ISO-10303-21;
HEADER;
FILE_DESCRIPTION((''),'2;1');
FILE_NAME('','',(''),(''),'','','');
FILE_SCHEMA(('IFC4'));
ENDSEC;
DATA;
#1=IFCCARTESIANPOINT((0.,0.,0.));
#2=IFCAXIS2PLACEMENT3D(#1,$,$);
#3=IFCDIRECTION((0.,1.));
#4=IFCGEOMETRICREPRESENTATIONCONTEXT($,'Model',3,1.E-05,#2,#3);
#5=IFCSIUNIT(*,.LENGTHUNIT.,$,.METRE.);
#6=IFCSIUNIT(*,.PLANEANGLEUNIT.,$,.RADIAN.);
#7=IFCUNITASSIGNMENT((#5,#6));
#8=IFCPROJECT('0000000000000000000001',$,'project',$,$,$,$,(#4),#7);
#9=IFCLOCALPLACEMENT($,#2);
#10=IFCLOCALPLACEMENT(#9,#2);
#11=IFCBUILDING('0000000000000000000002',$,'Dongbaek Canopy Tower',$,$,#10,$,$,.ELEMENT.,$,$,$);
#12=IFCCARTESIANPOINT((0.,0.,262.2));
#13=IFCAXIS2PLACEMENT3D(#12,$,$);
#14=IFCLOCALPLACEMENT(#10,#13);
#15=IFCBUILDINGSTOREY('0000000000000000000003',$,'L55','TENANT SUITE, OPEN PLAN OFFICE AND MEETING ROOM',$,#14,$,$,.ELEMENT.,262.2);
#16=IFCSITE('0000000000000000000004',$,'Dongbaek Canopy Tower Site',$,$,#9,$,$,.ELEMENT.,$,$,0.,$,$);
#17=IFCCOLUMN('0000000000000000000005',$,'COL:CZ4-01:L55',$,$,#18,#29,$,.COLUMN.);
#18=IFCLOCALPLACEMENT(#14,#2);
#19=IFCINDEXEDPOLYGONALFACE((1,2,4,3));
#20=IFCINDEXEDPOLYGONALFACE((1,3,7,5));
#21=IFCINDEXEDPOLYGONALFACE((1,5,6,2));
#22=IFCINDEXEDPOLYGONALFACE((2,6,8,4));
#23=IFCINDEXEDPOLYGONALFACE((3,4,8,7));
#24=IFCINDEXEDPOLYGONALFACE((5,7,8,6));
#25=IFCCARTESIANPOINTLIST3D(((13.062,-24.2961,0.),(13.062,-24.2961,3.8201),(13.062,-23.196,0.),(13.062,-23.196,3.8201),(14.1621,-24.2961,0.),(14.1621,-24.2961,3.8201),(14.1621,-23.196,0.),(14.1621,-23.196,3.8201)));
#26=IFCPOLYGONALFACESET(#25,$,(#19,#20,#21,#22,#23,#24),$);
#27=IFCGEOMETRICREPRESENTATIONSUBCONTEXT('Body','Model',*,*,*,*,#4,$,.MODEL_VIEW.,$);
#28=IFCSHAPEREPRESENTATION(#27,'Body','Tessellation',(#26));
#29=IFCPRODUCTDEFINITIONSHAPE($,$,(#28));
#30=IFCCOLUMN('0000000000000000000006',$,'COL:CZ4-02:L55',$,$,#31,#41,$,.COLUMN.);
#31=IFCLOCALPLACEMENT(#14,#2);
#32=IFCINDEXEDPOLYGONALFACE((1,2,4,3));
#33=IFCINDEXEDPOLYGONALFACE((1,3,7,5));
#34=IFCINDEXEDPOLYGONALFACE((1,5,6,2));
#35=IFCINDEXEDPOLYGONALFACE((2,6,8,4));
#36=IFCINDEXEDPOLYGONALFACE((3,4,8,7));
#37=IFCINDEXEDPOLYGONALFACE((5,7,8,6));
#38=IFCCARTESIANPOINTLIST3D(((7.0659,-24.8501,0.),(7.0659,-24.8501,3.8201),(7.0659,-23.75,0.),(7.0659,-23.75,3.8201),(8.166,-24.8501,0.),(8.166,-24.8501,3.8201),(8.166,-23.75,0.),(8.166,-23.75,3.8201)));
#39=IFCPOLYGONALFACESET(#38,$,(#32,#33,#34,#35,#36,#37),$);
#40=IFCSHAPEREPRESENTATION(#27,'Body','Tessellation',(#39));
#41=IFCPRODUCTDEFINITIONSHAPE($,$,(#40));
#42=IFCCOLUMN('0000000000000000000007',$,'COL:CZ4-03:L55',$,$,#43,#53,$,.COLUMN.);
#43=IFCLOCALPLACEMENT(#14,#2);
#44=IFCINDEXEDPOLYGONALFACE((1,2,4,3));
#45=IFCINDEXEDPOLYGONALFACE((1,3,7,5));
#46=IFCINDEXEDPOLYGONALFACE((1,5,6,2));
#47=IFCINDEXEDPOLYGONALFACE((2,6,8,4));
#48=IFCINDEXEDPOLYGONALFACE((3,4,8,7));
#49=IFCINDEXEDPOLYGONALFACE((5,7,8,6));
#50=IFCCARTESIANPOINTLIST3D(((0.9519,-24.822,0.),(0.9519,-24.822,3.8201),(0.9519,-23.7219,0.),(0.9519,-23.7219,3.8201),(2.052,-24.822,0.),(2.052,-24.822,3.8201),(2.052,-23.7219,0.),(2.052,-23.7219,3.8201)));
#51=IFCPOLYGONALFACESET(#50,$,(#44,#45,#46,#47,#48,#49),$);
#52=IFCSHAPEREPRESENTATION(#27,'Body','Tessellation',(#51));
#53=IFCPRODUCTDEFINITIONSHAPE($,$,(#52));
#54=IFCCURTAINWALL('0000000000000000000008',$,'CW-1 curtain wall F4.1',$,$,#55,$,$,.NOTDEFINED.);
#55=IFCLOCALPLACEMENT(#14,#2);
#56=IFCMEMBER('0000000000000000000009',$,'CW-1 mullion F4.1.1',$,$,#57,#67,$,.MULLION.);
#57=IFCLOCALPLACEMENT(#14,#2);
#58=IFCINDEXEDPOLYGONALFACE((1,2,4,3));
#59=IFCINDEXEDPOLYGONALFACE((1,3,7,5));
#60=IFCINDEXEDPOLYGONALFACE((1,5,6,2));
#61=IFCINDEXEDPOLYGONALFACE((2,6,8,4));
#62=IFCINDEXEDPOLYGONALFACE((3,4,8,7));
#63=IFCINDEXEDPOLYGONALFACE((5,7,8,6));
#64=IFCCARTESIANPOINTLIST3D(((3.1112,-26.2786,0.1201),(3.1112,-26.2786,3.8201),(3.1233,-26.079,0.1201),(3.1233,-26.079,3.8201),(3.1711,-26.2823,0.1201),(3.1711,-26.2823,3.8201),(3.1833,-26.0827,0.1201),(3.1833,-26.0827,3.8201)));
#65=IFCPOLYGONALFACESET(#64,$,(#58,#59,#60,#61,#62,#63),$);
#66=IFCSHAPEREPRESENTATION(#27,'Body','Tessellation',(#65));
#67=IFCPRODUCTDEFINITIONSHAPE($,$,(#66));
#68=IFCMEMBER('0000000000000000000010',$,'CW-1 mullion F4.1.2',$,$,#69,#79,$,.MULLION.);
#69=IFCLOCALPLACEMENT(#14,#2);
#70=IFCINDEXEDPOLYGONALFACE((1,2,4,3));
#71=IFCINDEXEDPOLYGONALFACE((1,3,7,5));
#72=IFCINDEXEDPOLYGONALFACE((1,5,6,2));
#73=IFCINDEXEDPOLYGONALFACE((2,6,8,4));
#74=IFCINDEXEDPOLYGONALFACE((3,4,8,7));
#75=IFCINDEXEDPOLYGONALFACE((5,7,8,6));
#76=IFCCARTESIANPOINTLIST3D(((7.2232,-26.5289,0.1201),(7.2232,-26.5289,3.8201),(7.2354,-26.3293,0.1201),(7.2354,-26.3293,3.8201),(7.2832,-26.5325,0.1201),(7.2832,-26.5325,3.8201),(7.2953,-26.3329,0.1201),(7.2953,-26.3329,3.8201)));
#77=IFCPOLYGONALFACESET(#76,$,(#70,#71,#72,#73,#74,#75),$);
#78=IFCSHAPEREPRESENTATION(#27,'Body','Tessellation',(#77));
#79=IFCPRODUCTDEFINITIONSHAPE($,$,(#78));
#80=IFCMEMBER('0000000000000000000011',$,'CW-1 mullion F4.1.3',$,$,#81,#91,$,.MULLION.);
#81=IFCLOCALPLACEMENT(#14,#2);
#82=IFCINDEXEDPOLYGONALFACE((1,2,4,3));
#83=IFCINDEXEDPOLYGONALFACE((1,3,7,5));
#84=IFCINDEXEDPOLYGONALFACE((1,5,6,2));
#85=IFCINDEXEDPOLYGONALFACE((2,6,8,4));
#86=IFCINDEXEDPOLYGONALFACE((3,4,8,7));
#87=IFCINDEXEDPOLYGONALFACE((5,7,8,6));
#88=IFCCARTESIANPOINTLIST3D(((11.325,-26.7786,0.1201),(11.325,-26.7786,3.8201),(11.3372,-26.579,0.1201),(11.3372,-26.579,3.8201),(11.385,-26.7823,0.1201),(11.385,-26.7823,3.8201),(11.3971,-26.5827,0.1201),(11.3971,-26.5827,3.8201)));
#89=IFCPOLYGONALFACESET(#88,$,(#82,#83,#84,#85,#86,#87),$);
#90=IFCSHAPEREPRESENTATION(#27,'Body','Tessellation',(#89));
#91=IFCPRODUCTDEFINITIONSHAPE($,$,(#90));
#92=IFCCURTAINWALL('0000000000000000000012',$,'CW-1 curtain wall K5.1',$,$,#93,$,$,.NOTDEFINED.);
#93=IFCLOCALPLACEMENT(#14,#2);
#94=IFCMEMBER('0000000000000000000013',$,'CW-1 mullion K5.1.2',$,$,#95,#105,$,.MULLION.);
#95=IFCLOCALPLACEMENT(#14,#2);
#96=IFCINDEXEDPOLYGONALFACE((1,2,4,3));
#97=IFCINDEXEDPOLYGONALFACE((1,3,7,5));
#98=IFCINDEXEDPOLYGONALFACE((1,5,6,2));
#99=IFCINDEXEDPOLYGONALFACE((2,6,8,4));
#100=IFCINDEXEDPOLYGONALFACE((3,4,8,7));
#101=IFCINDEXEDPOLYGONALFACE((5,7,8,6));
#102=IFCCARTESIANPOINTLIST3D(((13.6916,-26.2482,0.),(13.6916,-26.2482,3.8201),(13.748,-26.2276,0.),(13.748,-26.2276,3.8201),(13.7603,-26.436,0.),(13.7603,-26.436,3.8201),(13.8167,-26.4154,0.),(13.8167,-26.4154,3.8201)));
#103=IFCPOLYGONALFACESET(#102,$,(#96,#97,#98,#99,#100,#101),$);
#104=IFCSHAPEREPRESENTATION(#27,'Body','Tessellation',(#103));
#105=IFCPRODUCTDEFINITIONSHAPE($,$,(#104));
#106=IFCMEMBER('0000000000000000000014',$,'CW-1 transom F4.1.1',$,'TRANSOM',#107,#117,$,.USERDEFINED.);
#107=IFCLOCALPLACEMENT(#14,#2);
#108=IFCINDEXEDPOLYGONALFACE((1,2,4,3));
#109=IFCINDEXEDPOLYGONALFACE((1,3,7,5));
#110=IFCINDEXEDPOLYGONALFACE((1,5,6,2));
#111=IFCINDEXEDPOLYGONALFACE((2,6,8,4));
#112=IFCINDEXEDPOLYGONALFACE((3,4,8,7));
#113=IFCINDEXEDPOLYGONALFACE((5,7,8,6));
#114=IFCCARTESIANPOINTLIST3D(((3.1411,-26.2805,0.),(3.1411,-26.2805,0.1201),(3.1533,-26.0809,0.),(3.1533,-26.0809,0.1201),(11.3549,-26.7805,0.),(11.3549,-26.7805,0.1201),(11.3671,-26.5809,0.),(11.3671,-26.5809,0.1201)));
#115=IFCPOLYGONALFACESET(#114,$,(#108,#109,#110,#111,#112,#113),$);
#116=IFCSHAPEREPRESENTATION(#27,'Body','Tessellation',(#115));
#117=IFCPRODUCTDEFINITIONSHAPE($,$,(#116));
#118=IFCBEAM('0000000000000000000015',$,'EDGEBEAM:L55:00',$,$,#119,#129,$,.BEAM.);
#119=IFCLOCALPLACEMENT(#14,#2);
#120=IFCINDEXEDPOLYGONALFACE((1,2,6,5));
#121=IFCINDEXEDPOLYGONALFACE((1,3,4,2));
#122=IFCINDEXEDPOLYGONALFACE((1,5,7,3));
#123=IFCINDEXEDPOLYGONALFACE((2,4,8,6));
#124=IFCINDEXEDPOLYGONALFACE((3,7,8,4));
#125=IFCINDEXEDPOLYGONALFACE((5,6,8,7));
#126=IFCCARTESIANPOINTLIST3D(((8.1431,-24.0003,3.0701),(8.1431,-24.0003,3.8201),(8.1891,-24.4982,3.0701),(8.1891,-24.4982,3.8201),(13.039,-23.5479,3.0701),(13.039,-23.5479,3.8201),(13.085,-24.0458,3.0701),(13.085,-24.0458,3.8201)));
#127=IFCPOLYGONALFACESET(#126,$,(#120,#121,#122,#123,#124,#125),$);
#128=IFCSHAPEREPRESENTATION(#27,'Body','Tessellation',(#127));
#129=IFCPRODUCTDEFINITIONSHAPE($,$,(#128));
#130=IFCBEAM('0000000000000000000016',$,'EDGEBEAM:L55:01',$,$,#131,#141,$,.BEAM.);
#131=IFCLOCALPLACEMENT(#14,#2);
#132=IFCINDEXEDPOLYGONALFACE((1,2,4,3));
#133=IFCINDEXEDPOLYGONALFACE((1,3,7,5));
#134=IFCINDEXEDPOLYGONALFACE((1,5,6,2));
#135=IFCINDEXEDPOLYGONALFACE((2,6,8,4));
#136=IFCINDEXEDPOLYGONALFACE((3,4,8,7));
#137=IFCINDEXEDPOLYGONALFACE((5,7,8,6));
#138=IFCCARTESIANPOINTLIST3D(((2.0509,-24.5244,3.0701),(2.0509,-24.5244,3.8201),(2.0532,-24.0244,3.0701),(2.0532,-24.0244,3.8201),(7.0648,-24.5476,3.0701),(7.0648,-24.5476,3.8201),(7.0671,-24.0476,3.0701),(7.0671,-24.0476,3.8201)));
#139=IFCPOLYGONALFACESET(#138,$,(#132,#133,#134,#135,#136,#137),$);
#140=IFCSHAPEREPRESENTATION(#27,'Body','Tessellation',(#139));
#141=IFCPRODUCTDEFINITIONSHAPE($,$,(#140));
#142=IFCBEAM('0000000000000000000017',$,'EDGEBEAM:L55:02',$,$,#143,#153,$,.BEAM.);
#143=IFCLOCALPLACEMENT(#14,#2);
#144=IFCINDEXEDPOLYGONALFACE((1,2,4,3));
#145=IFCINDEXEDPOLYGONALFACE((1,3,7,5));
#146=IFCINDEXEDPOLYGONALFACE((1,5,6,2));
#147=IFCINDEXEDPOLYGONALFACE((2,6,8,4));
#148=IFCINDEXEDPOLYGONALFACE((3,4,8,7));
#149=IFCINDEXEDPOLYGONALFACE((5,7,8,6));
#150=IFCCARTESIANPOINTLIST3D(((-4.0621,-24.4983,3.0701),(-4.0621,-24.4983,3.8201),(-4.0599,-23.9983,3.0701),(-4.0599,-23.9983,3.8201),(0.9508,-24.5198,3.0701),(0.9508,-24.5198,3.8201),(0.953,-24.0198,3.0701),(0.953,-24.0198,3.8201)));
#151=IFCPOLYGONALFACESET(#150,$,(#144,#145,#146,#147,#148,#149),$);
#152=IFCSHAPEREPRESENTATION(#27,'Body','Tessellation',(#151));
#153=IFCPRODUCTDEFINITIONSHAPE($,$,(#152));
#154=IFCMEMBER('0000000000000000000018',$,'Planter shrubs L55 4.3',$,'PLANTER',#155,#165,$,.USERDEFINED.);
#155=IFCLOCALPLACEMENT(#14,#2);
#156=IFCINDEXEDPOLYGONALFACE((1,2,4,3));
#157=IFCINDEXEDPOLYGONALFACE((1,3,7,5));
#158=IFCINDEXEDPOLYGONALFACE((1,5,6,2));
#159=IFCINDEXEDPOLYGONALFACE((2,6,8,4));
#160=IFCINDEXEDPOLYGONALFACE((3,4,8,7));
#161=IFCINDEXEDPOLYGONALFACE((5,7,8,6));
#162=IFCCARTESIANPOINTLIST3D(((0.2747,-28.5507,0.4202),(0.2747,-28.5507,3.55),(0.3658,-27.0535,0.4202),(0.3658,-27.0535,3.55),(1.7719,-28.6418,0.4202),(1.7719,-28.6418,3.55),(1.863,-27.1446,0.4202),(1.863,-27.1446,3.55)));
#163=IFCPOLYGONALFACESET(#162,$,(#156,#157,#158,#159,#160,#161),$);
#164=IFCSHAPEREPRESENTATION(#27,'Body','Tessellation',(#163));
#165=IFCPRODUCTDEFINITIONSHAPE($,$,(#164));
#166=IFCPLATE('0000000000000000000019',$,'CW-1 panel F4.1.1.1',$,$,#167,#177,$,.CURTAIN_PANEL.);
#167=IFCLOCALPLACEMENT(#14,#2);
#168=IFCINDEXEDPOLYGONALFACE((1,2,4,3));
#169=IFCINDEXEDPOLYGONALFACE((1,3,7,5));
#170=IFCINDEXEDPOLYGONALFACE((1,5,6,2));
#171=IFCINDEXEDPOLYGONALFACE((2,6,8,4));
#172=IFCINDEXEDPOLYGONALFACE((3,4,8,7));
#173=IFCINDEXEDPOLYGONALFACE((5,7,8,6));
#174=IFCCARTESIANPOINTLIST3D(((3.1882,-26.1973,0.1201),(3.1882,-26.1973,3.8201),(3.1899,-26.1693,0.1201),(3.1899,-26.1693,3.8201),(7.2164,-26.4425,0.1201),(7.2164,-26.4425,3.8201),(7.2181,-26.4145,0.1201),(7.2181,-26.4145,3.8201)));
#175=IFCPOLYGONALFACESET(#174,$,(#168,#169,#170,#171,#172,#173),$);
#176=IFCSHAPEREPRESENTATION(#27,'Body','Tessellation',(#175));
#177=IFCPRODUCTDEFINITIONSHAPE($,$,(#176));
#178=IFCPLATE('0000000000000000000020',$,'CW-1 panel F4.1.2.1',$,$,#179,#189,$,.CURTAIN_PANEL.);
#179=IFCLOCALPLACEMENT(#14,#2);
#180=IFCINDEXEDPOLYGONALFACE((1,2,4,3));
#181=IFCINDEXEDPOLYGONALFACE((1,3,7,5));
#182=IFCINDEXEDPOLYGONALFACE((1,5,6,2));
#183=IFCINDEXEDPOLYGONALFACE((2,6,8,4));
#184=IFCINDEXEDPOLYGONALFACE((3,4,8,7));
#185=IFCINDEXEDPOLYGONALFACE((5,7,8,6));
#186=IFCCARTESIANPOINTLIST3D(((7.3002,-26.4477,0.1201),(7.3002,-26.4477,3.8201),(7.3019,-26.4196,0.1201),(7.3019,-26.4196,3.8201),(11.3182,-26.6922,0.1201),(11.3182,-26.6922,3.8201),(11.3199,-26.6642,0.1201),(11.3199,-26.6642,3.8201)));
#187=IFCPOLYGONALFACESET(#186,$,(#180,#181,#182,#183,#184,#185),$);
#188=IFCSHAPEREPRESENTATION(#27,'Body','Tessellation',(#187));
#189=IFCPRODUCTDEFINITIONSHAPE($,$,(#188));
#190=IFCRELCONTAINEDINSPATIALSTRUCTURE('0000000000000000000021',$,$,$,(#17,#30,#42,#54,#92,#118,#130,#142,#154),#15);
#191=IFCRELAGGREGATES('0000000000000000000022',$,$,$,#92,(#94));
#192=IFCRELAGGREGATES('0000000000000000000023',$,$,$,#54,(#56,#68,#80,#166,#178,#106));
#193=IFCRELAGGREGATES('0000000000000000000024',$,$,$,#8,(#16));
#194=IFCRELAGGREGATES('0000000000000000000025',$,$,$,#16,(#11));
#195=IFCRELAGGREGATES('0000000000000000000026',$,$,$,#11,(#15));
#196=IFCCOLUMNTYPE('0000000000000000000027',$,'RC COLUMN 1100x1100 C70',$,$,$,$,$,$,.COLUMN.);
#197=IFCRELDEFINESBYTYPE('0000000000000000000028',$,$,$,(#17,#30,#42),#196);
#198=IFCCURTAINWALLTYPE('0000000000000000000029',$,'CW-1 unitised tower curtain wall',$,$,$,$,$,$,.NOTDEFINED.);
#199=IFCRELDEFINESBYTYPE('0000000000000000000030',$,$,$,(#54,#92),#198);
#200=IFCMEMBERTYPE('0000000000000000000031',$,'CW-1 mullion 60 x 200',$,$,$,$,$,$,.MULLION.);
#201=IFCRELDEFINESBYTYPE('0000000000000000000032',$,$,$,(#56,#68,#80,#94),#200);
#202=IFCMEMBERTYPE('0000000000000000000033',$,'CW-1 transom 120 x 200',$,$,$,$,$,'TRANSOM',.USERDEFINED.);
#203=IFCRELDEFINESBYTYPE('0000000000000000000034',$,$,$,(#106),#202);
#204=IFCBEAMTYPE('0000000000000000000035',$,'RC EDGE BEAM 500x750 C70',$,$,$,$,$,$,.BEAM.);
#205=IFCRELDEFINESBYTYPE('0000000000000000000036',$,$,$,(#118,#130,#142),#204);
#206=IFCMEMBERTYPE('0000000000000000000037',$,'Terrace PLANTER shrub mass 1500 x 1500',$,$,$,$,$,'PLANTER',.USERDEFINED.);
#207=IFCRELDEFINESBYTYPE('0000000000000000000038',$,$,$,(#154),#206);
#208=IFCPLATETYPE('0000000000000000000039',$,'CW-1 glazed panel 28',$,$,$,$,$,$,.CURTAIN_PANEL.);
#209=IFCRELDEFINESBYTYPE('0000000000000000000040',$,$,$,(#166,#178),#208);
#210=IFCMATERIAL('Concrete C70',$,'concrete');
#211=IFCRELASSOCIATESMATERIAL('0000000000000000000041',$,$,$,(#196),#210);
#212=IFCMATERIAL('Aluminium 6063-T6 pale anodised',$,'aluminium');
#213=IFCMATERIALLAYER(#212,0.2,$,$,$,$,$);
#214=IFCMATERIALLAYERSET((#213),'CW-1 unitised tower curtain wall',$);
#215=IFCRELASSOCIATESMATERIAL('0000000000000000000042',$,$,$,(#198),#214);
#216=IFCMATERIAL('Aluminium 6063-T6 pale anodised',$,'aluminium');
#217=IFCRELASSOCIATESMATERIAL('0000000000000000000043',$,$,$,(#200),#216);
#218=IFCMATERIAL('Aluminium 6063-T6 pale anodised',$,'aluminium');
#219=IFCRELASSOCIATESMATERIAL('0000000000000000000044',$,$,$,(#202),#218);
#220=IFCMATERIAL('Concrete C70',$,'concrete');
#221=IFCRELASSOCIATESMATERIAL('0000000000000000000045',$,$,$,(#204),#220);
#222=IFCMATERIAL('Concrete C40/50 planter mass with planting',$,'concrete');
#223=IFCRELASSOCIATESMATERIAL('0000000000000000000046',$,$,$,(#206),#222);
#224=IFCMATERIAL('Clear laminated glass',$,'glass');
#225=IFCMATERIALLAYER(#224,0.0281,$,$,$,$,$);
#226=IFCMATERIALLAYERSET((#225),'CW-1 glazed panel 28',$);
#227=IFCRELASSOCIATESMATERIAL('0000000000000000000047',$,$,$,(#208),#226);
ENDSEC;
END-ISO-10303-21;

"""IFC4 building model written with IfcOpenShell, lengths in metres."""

from ifc_helpers import new_model, si_unit, direction, frame, origin, origin_2d, place, context, subcontext, project, spatial, rectangle, extrude, material, layer, layer_set, material_profile, profile_set, type_object, element, aggregate, save


model = new_model("IFC4")

# Units and contexts
model_context = context("Model", 3, precision=1e-05, world=origin(), true_north=direction((0.0, 1.0)))
body_context = subcontext(model_context, "Body", "Model", "MODEL_VIEW")
ifc_project = project(units=[si_unit("LENGTHUNIT", "METRE"), si_unit("PLANEANGLEUNIT", "RADIAN")], contexts=[model_context])

# Site, building, storey
site_placement = place(None, origin())
site = spatial("IfcSite", under=ifc_project, at=site_placement, Name="Dongbaek Canopy Tower Site", CompositionType="ELEMENT", RefElevation=0.0)
building_placement = place(site_placement, origin())
building = spatial("IfcBuilding", under=site, at=building_placement, Name="Dongbaek Canopy Tower", CompositionType="ELEMENT")
storey_placement = place(building_placement, frame((0.0, 0.0, 262.2)))
storey = spatial("IfcBuildingStorey", under=building, at=storey_placement, Name="L55", Description="TENANT SUITE, OPEN PLAN OFFICE AND MEETING ROOM", CompositionType="ELEMENT", Elevation=262.2)

# Columns
ifc_material_1 = material(Name="Concrete C70", Category="concrete")
ifc_material_profile_1 = material_profile(ifc_material_1, rectangle(XDim=1.1001, YDim=1.1001, at=origin_2d()), Name="RC COLUMN 1100x1100 C70")
ifc_profile_set_1 = profile_set([ifc_material_profile_1], Name="Concrete C70")
column_type = type_object("IfcColumnType", Name="RC COLUMN 1100x1100 C70", PredefinedType="COLUMN", material=ifc_profile_set_1)
for number, where, z_axis, x_axis, name in (
    (1, (13.6121, -23.7461, 0.0), (0.0, 0.0, 1.0), (1.0, 0.0, 0.0), "COL:CZ4-01:L55"),
    (2, (7.616, -24.3, 0.0), (0.0, 0.0, 1.0), (1.0, 0.0, 0.0), "COL:CZ4-02:L55"),
    (3, (1.502, -24.272, 0.0), (0.0, 0.0, 1.0), (1.0, 0.0, 0.0), "COL:CZ4-03:L55"),
):
    element("IfcColumn", number, at=place(storey_placement, frame(where, z_axis=z_axis, x_axis=x_axis)), inside=storey, type_object=column_type, Name=name, PredefinedType="COLUMN", context=body_context, shape_type="SweptSolid", body=[
        extrude(rectangle(XDim=1.1001, YDim=1.1001, at=origin_2d()), origin(), (0.0, 0.0, 1.0), 3.8201),
    ])

# Curtain wall, members
ifc_material_2 = material(Name="Aluminium 6063-T6 pale anodised", Category="aluminium")
ifc_layer_1 = layer(ifc_material_2, 0.2)
ifc_layer_set_1 = layer_set([ifc_layer_1], Name="CW-1 unitised tower curtain wall")
curtain_wall_type = type_object("IfcCurtainWallType", Name="CW-1 unitised tower curtain wall", PredefinedType="NOTDEFINED", material=ifc_layer_set_1)
curtain_wall_1_placement = place(storey_placement, origin())
curtain_wall_1 = element("IfcCurtainWall", 4, at=curtain_wall_1_placement, inside=storey, type_object=curtain_wall_type, Name="CW-1 curtain wall F4.1", PredefinedType="NOTDEFINED")
ifc_material_3 = material(Name="Aluminium 6063-T6 pale anodised", Category="aluminium")
ifc_material_profile_2 = material_profile(ifc_material_3, rectangle(XDim=0.2, YDim=0.0601, at=origin_2d()), Name="CW-1 mullion 60 x 200")
ifc_profile_set_2 = profile_set([ifc_material_profile_2], Name="Aluminium 6063-T6 pale anodised")
member_type_1 = type_object("IfcMemberType", Name="CW-1 mullion 60 x 200", PredefinedType="MULLION", material=ifc_profile_set_2)
member_1_placement = place(storey_placement, frame((3.1472, -26.1807, 0.1201), z_axis=(0.0, 0.0, 1.0), x_axis=(-0.060746, -0.998153, 0.0)))
member_1 = element("IfcMember", 5, at=member_1_placement, type_object=member_type_1, Name="CW-1 mullion F4.1.1", PredefinedType="MULLION", context=body_context, shape_type="SweptSolid", body=[
    extrude(rectangle(XDim=0.2, YDim=0.0601, at=origin_2d()), origin(), (0.0, 0.0, 1.0), 3.7),
])
member_2_placement = place(storey_placement, frame((7.2593, -26.4309, 0.1201), z_axis=(0.0, 0.0, 1.0), x_axis=(-0.060746, -0.998153, 0.0)))
member_2 = element("IfcMember", 6, at=member_2_placement, type_object=member_type_1, Name="CW-1 mullion F4.1.2", PredefinedType="MULLION", context=body_context, shape_type="SweptSolid", body=[
    extrude(rectangle(XDim=0.2, YDim=0.0601, at=origin_2d()), origin(), (0.0, 0.0, 1.0), 3.7),
])
member_3_placement = place(storey_placement, frame((11.3611, -26.6807, 0.1201), z_axis=(0.0, 0.0, 1.0), x_axis=(-0.060746, -0.998153, 0.0)))
member_3 = element("IfcMember", 7, at=member_3_placement, type_object=member_type_1, Name="CW-1 mullion F4.1.3", PredefinedType="MULLION", context=body_context, shape_type="SweptSolid", body=[
    extrude(rectangle(XDim=0.2, YDim=0.0601, at=origin_2d()), origin(), (0.0, 0.0, 1.0), 3.7),
])

# Curtain wall, member
curtain_wall_2_placement = place(storey_placement, origin())
curtain_wall_2 = element("IfcCurtainWall", 8, at=curtain_wall_2_placement, inside=storey, type_object=curtain_wall_type, Name="CW-1 curtain wall K5.1", PredefinedType="NOTDEFINED")
member_4_placement = place(storey_placement, frame((13.7542, -26.3318, 0.0), z_axis=(0.0, 0.0, 1.0), x_axis=(0.343242, -0.939247, 0.0)))
member_4 = element("IfcMember", 9, at=member_4_placement, type_object=member_type_1, Name="CW-1 mullion K5.1.2", PredefinedType="MULLION", context=body_context, shape_type="SweptSolid", body=[
    extrude(rectangle(XDim=0.2, YDim=0.0601, at=origin_2d()), origin(), (0.0, 0.0, 1.0), 3.8201),
])

# Member
ifc_material_4 = material(Name="Aluminium 6063-T6 pale anodised", Category="aluminium")
ifc_material_profile_3 = material_profile(ifc_material_4, rectangle(XDim=0.2, YDim=0.1201, at=origin_2d()), Name="CW-1 transom 120 x 200")
ifc_profile_set_3 = profile_set([ifc_material_profile_3], Name="Aluminium 6063-T6 pale anodised")
member_type_2 = type_object("IfcMemberType", Name="CW-1 transom 120 x 200", ElementType="TRANSOM", PredefinedType="USERDEFINED", material=ifc_profile_set_3)
member_5_placement = place(storey_placement, frame((3.1472, -26.1807, 0.0601), z_axis=(0.998152, -0.06076, 0.0), x_axis=(0.06076, 0.998152, 0.0)))
member_5 = element("IfcMember", 10, at=member_5_placement, type_object=member_type_2, Name="CW-1 transom F4.1.1", ObjectType="TRANSOM", PredefinedType="USERDEFINED", context=body_context, shape_type="SweptSolid", body=[
    extrude(rectangle(XDim=0.2, YDim=0.1201, at=origin_2d()), origin(), (0.0, 0.0, 1.0), 8.229),
])

# Beams
ifc_material_5 = material(Name="Concrete C70", Category="concrete")
ifc_material_profile_4 = material_profile(ifc_material_5, rectangle(XDim=0.5, YDim=0.75, at=origin_2d()), Name="RC EDGE BEAM 500x750 C70")
ifc_profile_set_4 = profile_set([ifc_material_profile_4], Name="Concrete C70")
beam_type = type_object("IfcBeamType", Name="RC EDGE BEAM 500x750 C70", PredefinedType="BEAM", material=ifc_profile_set_4)
beam_1_placement = place(storey_placement, frame((13.062, -23.7969, 3.4451), z_axis=(-0.995758, -0.092009, 0.0), x_axis=(0.092009, -0.995758, 0.0)))
element("IfcBeam", 11, at=beam_1_placement, inside=storey, type_object=beam_type, Name="EDGEBEAM:L55:00", PredefinedType="BEAM", context=body_context, shape_type="SweptSolid", body=[
    extrude(rectangle(XDim=0.5, YDim=0.75, at=origin_2d()), origin(), (0.0, 0.0, 1.0), 4.9167),
])
beam_2_placement = place(storey_placement, frame((7.0659, -24.2976, 3.4451), z_axis=(-0.999989, 0.004626, 0.0), x_axis=(-0.004626, -0.999989, 0.0)))
element("IfcBeam", 12, at=beam_2_placement, inside=storey, type_object=beam_type, Name="EDGEBEAM:L55:01", PredefinedType="BEAM", context=body_context, shape_type="SweptSolid", body=[
    extrude(rectangle(XDim=0.5, YDim=0.75, at=origin_2d()), origin(), (0.0, 0.0, 1.0), 5.0139),
])
beam_3_placement = place(storey_placement, frame((0.9519, -24.2698, 3.4451), z_axis=(-0.999991, 0.004286, 0.0), x_axis=(-0.004286, -0.999991, 0.0)))
element("IfcBeam", 13, at=beam_3_placement, inside=storey, type_object=beam_type, Name="EDGEBEAM:L55:02", PredefinedType="BEAM", context=body_context, shape_type="SweptSolid", body=[
    extrude(rectangle(XDim=0.5, YDim=0.75, at=origin_2d()), origin(), (0.0, 0.0, 1.0), 5.0129),
])

# Member
ifc_material_6 = material(Name="Concrete C40/50 planter mass with planting", Category="concrete")
ifc_material_profile_5 = material_profile(ifc_material_6, rectangle(XDim=1.5, YDim=1.5, at=origin_2d()), Name="Terrace PLANTER shrub mass 1500 x 1500")
ifc_profile_set_5 = profile_set([ifc_material_profile_5], Name="Concrete C40/50 planter mass with planting")
member_type_3 = type_object("IfcMemberType", Name="Terrace PLANTER shrub mass 1500 x 1500", ElementType="PLANTER", PredefinedType="USERDEFINED", material=ifc_profile_set_5)
member_6_placement = place(storey_placement, frame((1.0688, -27.8477, 0.4202), z_axis=(0.0, 0.0, 1.0), x_axis=(-0.060746, -0.998153, 0.0)))
element("IfcMember", 14, at=member_6_placement, inside=storey, type_object=member_type_3, Name="Planter shrubs L55 4.3", ObjectType="PLANTER", PredefinedType="USERDEFINED", context=body_context, shape_type="SweptSolid", body=[
    extrude(rectangle(XDim=1.5, YDim=1.5, at=origin_2d()), origin(), (0.0, 0.0, 1.0), 3.1299),
])

# Plates
ifc_material_7 = material(Name="Clear laminated glass", Category="glass")
ifc_layer_2 = layer(ifc_material_7, 0.0281)
ifc_layer_set_2 = layer_set([ifc_layer_2], Name="CW-1 glazed panel 28")
plate_type = type_object("IfcPlateType", Name="CW-1 glazed panel 28", PredefinedType="CURTAIN_PANEL", material=ifc_layer_set_2)
plate_1_placement = place(storey_placement, frame((5.2031, -26.3059, 0.1201), z_axis=(0.0, 0.0, 1.0), x_axis=(0.998153, -0.060746, 0.0)))
plate_1 = element("IfcPlate", 15, at=plate_1_placement, type_object=plate_type, Name="CW-1 panel F4.1.1.1", PredefinedType="CURTAIN_PANEL", context=body_context, shape_type="SweptSolid", body=[
    extrude(rectangle(XDim=4.0356, YDim=0.0281, at=origin_2d()), origin(), (0.0, 0.0, 1.0), 3.7),
])
plate_2_placement = place(storey_placement, frame((9.3101, -26.5559, 0.1201), z_axis=(0.0, 0.0, 1.0), x_axis=(0.998153, -0.060746, 0.0)))
plate_2 = element("IfcPlate", 16, at=plate_2_placement, type_object=plate_type, Name="CW-1 panel F4.1.2.1", PredefinedType="CURTAIN_PANEL", context=body_context, shape_type="SweptSolid", body=[
    extrude(rectangle(XDim=4.0254, YDim=0.0281, at=origin_2d()), origin(), (0.0, 0.0, 1.0), 3.7),
])
aggregate(curtain_wall_2, [member_4])

aggregate(curtain_wall_1, [member_1, member_2, member_3, plate_1, plate_2, member_5])

save(model, "model.ifc")
